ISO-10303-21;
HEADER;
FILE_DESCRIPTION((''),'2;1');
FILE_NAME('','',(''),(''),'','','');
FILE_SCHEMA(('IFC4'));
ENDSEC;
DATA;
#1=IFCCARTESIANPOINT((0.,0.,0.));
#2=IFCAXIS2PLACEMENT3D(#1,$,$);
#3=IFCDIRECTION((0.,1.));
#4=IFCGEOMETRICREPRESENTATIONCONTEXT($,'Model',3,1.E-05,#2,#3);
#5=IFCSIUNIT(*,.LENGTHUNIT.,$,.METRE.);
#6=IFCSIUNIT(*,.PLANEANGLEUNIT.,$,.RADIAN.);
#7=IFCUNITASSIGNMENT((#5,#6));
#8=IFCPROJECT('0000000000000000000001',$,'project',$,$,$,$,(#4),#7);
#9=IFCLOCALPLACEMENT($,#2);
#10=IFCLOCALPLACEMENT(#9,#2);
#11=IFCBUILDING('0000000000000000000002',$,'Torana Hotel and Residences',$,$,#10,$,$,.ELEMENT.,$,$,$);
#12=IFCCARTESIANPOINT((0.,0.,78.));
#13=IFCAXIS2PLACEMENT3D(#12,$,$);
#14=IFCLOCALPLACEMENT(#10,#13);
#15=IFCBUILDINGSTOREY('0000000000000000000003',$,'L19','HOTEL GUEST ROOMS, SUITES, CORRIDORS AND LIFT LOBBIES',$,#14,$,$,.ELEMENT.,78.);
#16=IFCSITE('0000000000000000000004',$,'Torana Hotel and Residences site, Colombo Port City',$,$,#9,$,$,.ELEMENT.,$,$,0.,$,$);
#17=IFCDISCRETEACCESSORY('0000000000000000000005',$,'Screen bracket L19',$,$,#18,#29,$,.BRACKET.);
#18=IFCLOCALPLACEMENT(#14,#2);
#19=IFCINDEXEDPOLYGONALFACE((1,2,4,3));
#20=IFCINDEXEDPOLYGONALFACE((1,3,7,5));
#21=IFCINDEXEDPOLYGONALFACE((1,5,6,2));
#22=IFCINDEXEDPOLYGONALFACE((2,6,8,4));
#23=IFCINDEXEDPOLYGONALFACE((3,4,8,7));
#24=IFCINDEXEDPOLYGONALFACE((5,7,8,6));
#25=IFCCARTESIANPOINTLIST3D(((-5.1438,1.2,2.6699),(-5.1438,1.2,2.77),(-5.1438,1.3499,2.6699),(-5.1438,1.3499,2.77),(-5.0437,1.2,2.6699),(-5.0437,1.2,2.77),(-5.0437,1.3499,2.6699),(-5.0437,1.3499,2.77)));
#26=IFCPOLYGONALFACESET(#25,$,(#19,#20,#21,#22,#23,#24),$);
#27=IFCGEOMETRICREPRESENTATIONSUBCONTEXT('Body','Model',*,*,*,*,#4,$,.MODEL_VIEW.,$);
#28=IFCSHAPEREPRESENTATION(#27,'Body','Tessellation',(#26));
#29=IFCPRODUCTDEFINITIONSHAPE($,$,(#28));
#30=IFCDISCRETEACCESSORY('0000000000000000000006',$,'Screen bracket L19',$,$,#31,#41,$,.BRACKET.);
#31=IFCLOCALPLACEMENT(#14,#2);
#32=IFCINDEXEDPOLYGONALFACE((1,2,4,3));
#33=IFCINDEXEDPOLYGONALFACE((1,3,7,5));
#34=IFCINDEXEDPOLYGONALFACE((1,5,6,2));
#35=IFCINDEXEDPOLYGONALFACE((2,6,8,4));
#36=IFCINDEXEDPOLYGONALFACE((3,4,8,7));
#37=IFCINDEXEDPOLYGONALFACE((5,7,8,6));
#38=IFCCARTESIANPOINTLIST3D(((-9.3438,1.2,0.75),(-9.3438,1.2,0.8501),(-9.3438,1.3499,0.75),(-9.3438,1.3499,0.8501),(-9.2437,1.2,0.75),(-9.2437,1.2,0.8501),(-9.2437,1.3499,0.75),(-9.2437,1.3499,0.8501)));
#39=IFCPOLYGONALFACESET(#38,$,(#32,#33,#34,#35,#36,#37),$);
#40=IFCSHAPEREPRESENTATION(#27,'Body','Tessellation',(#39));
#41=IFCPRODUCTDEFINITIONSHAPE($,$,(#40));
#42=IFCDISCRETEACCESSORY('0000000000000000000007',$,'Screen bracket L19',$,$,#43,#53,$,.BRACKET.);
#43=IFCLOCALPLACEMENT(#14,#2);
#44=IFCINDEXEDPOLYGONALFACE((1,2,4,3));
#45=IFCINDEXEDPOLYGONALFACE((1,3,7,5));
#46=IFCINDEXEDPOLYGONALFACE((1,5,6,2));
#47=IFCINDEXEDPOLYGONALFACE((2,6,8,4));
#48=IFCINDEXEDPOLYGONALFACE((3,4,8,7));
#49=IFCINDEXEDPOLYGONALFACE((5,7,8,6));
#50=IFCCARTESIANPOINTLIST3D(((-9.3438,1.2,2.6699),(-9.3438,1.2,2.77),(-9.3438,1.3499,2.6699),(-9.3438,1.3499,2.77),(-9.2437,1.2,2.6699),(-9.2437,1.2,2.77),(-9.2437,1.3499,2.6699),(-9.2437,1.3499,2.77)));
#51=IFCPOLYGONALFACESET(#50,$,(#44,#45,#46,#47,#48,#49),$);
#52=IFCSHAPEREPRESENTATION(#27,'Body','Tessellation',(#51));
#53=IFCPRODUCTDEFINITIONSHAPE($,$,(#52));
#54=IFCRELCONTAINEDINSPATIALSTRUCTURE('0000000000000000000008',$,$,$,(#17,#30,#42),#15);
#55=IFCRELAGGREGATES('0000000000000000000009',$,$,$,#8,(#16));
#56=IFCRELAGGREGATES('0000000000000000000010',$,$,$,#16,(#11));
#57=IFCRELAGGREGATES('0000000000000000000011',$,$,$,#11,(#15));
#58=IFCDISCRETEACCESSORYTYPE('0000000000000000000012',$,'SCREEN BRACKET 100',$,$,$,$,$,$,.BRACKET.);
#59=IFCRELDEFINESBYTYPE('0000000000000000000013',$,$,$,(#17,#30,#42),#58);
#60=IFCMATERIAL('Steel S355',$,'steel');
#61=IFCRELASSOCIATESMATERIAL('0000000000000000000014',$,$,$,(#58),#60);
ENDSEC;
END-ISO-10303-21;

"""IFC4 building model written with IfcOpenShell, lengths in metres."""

from ifc_helpers import new_model, si_unit, direction, frame, origin, origin_2d, place, context, subcontext, project, spatial, rectangle, extrude, material, type_object, element, save


model = new_model("IFC4")

# Units and contexts
model_context = context("Model", 3, precision=1e-05, world=origin(), true_north=direction((0.0, 1.0)))
body_context = subcontext(model_context, "Body", "Model", "MODEL_VIEW")
ifc_project = project(units=[si_unit("LENGTHUNIT", "METRE"), si_unit("PLANEANGLEUNIT", "RADIAN")], contexts=[model_context])

# Site, building, storey
site_placement = place(None, origin())
site = spatial("IfcSite", under=ifc_project, at=site_placement, Name="Torana Hotel and Residences site, Colombo Port City", CompositionType="ELEMENT", RefElevation=0.0)
building_placement = place(site_placement, origin())
building = spatial("IfcBuilding", under=site, at=building_placement, Name="Torana Hotel and Residences", CompositionType="ELEMENT")
storey_placement = place(building_placement, frame((0.0, 0.0, 78.0)))
storey = spatial("IfcBuildingStorey", under=building, at=storey_placement, Name="L19", Description="HOTEL GUEST ROOMS, SUITES, CORRIDORS AND LIFT LOBBIES", CompositionType="ELEMENT", Elevation=78.0)

# Discrete accessories
ifc_material_1 = material(Name="Steel S355", Category="steel")
discrete_accessory_type = type_object("IfcDiscreteAccessoryType", Name="SCREEN BRACKET 100", PredefinedType="BRACKET", material=ifc_material_1)
for number, where, z_axis, x_axis, name in (
    (1, (-5.0938, 1.2749, 2.6699), (0.0, 0.0, 1.0), (-1.0, 0.0, 0.0), "Screen bracket L19"),
    (2, (-9.2937, 1.2749, 0.75), (0.0, 0.0, 1.0), (-1.0, 0.0, 0.0), "Screen bracket L19"),
    (3, (-9.2937, 1.2749, 2.6699), (0.0, 0.0, 1.0), (-1.0, 0.0, 0.0), "Screen bracket L19"),
):
    element("IfcDiscreteAccessory", number, at=place(storey_placement, frame(where, z_axis=z_axis, x_axis=x_axis)), inside=storey, type_object=discrete_accessory_type, Name=name, PredefinedType="BRACKET", context=body_context, shape_type="SweptSolid", body=[
        extrude(rectangle(XDim=0.1001, YDim=0.1499, at=origin_2d()), origin(), (0.0, 0.0, 1.0), 0.1001),
    ])

save(model, "model.ifc")
